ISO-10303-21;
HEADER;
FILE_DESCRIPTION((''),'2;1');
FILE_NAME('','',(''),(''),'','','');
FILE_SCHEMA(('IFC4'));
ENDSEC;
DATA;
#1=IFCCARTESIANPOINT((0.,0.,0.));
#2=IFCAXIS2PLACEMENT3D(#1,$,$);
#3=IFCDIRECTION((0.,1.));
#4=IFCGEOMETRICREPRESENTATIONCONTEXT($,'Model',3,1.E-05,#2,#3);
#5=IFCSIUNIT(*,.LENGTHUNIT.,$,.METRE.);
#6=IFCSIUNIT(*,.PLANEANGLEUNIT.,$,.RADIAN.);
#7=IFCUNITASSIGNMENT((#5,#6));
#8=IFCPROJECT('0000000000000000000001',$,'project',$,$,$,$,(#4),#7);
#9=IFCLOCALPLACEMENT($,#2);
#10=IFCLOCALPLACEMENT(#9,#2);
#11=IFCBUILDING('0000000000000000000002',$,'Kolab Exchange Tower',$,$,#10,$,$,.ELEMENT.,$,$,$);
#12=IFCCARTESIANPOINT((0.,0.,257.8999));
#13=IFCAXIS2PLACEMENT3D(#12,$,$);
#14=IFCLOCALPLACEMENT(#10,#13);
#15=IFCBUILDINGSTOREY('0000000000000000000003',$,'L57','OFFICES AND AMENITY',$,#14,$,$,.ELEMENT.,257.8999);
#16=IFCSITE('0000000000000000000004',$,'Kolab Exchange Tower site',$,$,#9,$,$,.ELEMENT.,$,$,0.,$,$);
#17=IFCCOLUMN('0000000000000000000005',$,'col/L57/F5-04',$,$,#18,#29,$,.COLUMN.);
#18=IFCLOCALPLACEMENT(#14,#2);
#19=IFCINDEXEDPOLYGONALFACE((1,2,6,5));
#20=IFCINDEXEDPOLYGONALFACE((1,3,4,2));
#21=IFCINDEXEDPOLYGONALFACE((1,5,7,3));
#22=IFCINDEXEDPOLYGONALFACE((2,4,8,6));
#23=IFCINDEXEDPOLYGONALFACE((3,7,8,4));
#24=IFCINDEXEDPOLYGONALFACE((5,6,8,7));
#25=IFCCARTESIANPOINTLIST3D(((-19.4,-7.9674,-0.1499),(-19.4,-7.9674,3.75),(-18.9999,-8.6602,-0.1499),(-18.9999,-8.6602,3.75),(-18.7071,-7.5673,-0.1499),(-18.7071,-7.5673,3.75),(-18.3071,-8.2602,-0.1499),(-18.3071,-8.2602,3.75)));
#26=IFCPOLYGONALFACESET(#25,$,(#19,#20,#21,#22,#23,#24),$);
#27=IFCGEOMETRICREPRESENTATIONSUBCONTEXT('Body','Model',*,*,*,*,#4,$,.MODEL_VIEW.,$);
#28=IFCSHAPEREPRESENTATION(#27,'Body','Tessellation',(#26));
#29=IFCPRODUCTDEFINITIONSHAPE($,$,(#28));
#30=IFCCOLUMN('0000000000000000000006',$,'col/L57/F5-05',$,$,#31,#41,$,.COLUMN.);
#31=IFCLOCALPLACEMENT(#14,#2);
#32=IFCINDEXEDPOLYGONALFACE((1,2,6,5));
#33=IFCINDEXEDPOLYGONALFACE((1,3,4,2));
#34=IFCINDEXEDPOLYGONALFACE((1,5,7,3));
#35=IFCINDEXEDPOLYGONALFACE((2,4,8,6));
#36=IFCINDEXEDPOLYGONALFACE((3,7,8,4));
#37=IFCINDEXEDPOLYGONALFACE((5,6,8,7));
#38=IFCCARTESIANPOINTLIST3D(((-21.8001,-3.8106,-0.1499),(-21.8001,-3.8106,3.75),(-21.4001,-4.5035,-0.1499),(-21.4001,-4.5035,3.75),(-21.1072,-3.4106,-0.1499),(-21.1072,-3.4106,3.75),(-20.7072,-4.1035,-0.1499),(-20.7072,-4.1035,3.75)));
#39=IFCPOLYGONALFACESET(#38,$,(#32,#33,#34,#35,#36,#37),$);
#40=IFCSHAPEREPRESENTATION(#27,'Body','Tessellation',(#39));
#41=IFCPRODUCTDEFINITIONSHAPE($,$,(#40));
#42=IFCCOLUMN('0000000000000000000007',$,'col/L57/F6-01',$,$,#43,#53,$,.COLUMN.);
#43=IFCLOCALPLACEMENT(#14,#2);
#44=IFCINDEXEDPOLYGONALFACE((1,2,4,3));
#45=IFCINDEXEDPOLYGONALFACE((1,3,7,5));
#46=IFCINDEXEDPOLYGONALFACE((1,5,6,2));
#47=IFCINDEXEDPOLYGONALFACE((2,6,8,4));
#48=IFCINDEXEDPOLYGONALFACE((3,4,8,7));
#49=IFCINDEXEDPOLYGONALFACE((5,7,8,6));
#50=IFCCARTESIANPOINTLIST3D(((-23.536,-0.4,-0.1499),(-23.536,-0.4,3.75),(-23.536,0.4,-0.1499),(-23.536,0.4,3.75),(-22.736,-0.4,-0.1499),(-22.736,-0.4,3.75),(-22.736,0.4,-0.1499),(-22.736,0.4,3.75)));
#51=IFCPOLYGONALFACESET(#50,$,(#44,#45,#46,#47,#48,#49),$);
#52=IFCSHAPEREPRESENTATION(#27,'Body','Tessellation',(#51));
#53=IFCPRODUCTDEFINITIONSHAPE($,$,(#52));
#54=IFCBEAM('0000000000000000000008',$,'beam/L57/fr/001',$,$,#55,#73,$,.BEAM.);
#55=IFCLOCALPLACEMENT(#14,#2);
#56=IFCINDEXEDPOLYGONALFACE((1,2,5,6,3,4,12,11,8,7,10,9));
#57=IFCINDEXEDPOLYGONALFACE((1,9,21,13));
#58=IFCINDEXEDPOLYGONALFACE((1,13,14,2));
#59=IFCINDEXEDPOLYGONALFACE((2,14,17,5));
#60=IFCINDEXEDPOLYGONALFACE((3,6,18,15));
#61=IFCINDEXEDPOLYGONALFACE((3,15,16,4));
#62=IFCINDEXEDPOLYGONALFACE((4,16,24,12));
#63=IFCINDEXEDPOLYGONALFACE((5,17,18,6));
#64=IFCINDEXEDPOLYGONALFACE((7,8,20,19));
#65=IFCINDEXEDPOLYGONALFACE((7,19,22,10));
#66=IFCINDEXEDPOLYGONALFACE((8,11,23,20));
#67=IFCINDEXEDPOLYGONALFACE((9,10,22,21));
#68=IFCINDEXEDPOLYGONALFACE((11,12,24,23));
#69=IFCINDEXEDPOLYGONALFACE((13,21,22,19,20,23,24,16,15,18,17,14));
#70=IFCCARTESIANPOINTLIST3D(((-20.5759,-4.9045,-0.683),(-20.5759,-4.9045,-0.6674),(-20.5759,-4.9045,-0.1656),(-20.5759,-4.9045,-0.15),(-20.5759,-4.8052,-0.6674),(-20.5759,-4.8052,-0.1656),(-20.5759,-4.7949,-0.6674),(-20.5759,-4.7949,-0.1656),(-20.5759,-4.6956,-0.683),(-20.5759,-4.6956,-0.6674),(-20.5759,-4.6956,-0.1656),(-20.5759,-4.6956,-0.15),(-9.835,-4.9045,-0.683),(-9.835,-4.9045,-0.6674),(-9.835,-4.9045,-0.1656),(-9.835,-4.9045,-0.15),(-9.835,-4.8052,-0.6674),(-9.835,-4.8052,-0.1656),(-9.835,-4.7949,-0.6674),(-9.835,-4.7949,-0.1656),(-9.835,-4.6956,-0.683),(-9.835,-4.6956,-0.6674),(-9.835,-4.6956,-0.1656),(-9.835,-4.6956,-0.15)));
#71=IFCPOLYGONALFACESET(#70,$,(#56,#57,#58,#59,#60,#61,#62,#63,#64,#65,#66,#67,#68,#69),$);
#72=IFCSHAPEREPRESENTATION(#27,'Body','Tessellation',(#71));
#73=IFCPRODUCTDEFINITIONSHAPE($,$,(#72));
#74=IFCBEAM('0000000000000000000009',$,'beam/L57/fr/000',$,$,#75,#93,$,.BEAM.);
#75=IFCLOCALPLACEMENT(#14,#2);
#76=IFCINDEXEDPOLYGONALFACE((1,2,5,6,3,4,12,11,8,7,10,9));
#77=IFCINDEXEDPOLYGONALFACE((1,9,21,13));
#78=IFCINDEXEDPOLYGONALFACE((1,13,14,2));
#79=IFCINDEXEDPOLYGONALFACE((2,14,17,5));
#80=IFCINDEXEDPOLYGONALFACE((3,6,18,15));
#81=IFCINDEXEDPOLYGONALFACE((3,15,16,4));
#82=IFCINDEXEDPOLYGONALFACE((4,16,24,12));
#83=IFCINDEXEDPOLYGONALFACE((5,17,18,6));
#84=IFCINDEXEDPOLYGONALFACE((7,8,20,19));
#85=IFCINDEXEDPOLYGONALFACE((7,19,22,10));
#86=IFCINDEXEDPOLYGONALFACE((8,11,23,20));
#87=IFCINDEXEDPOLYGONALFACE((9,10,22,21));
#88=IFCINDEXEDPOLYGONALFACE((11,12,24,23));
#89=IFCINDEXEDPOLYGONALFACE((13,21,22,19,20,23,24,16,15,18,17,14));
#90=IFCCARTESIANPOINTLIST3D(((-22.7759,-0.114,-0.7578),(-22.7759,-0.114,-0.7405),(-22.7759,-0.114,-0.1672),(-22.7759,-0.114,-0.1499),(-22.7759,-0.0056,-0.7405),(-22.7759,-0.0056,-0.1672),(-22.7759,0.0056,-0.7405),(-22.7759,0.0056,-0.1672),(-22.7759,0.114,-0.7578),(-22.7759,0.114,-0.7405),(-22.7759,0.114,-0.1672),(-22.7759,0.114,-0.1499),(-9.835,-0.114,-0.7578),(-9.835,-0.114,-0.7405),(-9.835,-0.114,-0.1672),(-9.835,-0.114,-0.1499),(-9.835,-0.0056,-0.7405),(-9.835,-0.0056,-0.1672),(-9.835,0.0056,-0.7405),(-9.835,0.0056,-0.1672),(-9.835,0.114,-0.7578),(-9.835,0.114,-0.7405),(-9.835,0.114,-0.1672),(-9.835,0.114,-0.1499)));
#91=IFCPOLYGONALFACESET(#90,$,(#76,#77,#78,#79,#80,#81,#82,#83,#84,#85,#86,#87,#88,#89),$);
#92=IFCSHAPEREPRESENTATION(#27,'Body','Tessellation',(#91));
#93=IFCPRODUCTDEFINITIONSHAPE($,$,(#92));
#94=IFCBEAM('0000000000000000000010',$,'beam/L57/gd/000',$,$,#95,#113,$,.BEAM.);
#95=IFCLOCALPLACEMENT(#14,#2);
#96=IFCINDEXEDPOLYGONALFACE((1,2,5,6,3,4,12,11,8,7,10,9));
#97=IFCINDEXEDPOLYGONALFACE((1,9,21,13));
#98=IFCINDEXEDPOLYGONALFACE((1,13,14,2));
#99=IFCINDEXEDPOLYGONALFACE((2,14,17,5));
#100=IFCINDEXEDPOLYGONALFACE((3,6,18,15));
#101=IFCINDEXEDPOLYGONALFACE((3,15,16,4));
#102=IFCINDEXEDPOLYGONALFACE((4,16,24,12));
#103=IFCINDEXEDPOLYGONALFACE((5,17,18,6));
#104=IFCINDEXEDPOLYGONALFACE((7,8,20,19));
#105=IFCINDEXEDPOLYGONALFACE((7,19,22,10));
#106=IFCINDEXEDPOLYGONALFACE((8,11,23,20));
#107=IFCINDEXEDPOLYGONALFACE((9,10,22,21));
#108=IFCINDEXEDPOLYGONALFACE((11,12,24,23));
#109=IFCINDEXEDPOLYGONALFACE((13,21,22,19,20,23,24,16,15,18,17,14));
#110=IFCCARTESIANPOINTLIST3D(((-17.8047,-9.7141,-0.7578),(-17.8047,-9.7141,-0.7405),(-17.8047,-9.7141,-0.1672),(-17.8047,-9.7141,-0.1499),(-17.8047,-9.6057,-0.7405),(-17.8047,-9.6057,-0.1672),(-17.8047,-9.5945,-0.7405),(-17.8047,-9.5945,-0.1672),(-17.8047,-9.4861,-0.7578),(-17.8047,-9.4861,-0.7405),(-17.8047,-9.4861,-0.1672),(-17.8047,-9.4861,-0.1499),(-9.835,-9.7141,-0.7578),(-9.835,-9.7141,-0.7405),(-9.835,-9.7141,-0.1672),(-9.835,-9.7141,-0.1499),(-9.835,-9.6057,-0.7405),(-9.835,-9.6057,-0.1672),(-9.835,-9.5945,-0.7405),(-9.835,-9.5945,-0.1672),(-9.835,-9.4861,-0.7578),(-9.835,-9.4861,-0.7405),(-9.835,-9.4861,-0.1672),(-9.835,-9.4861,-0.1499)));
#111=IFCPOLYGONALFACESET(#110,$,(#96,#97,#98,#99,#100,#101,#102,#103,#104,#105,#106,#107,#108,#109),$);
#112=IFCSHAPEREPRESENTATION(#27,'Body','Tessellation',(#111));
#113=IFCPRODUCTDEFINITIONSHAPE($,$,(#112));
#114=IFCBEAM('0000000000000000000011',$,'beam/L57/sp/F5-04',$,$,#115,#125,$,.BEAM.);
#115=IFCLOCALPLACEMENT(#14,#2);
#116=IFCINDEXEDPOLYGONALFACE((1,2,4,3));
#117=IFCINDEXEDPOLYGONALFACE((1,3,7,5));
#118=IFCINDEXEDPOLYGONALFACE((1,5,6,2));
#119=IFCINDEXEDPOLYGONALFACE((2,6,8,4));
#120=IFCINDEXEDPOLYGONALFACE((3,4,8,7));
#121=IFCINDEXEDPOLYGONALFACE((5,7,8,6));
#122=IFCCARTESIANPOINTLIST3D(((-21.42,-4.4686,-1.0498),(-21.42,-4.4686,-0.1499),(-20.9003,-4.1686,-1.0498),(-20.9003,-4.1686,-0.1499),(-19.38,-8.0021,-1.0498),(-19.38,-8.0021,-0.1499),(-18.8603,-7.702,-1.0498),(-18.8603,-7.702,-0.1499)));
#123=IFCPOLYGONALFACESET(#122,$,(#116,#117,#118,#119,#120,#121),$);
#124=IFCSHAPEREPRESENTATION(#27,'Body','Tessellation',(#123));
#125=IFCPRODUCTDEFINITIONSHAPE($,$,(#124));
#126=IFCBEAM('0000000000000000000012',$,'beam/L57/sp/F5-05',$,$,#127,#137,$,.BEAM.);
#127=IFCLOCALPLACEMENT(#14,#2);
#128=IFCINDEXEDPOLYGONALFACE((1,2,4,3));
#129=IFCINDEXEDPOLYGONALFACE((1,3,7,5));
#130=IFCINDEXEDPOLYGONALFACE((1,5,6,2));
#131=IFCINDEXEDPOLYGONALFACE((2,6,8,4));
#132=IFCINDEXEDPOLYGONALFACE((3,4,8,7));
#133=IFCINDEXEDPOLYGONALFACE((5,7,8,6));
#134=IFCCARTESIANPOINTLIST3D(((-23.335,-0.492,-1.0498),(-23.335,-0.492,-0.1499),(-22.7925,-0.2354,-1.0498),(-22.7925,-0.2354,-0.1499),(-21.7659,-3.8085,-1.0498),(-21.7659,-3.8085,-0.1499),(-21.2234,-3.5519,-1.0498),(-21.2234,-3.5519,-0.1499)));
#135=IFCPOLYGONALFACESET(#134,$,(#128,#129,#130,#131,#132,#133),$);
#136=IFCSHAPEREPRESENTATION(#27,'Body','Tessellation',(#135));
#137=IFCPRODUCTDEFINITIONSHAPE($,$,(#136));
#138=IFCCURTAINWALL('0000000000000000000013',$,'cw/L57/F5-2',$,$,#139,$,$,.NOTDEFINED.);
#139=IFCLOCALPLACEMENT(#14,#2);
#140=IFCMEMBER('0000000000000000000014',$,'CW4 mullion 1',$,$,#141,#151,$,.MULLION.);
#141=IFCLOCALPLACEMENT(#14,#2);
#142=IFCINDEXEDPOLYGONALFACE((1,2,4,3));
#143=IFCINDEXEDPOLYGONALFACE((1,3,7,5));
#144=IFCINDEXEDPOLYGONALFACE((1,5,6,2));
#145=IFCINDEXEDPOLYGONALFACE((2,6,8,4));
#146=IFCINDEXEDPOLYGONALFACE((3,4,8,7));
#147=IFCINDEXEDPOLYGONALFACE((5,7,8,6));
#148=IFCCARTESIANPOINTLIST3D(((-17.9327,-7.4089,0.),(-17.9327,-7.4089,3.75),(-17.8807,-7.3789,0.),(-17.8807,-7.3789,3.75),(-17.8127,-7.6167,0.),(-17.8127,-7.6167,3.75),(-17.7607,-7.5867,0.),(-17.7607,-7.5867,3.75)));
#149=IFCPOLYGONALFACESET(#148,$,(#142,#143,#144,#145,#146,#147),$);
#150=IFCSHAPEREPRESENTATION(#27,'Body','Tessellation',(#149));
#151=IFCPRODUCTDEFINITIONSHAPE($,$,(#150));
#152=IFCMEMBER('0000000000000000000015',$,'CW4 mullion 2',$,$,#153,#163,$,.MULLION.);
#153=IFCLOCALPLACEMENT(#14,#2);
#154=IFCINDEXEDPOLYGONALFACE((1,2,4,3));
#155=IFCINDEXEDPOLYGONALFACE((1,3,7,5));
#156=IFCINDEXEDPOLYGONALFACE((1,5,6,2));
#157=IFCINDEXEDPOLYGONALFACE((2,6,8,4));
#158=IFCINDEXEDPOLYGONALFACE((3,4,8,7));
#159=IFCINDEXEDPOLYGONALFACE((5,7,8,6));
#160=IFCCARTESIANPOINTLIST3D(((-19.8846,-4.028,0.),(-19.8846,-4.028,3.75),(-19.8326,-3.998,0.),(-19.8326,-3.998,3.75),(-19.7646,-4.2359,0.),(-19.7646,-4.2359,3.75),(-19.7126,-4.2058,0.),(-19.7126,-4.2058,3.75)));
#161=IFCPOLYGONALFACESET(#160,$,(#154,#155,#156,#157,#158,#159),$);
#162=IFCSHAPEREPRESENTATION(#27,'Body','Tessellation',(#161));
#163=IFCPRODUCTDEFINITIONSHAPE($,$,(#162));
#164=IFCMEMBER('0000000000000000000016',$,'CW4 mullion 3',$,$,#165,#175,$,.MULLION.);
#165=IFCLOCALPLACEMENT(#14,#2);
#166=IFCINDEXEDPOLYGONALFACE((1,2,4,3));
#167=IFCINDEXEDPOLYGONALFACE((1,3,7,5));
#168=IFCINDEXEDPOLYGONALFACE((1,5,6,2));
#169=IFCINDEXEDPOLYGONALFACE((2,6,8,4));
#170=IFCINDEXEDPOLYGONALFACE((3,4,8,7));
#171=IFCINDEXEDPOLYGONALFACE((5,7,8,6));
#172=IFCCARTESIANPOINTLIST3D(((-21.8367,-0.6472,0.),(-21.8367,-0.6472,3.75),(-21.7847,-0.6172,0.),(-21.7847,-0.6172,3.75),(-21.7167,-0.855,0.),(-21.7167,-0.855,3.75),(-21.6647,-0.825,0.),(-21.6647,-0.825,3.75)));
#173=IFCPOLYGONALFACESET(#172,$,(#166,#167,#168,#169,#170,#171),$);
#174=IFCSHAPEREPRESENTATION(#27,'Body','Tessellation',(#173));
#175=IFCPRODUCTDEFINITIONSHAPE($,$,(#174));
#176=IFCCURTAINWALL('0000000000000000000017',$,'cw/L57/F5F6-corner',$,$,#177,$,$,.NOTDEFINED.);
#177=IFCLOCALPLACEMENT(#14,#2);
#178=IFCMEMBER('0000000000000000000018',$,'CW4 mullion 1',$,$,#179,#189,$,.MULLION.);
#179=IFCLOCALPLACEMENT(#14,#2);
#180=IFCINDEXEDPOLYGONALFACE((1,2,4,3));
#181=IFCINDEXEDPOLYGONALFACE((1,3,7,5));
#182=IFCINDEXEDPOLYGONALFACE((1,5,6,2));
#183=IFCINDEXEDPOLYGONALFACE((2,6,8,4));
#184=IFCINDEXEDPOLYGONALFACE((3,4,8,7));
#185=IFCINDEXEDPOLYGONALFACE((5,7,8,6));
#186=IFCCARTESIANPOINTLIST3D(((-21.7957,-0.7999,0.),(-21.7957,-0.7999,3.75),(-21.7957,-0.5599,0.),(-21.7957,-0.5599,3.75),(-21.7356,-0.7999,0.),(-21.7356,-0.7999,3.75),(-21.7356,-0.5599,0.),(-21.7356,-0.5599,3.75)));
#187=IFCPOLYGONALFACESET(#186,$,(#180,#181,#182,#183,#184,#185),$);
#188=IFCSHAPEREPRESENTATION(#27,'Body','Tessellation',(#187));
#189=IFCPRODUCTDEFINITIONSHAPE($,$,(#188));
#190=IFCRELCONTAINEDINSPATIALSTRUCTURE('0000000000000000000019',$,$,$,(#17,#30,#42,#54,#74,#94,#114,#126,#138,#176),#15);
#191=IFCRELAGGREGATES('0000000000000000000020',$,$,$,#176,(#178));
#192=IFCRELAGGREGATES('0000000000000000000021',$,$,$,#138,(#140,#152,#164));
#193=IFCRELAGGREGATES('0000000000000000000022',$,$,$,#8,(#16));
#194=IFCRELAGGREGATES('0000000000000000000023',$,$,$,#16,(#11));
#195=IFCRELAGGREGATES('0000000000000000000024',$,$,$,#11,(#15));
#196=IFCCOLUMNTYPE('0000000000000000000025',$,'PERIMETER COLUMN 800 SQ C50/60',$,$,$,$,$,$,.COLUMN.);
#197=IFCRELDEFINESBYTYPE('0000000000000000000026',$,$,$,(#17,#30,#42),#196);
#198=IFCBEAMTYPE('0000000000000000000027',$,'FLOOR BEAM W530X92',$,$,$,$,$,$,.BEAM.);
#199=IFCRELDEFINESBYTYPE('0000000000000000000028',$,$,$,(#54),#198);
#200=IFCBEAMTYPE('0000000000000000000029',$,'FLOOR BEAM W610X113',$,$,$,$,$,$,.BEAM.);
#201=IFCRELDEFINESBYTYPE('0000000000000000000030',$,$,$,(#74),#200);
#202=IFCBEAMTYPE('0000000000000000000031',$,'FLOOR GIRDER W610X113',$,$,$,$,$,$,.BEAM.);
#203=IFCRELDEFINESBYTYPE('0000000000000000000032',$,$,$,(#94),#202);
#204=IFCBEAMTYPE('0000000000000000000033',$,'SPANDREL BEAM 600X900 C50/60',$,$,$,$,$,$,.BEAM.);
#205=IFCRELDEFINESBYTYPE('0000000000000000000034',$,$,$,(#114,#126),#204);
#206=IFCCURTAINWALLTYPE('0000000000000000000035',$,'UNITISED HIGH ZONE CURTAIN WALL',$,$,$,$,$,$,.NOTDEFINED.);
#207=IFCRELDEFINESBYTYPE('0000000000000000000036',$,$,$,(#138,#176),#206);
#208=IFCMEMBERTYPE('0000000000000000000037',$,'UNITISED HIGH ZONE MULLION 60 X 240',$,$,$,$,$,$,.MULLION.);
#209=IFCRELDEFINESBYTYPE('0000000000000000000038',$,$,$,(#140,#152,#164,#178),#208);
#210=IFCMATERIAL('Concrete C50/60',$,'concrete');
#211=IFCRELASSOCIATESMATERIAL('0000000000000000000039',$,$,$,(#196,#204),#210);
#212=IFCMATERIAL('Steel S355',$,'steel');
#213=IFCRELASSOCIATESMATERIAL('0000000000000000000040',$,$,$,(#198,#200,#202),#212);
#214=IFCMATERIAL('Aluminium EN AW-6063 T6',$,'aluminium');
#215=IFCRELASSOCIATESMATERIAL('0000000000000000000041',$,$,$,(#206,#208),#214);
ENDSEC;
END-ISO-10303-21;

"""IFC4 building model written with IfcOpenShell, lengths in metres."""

from ifc_helpers import new_model, si_unit, direction, frame, origin, origin_2d, place, context, subcontext, project, spatial, rectangle, i_section, extrude, material, material_profile, profile_set, type_object, element, aggregate, save


model = new_model("IFC4")

# Units and contexts
model_context = context("Model", 3, precision=1e-05, world=origin(), true_north=direction((0.0, 1.0)))
body_context = subcontext(model_context, "Body", "Model", "MODEL_VIEW")
ifc_project = project(units=[si_unit("LENGTHUNIT", "METRE"), si_unit("PLANEANGLEUNIT", "RADIAN")], contexts=[model_context])

# Site, building, storey
site_placement = place(None, origin())
site = spatial("IfcSite", under=ifc_project, at=site_placement, Name="Kolab Exchange Tower site", CompositionType="ELEMENT", RefElevation=0.0)
building_placement = place(site_placement, origin())
building = spatial("IfcBuilding", under=site, at=building_placement, Name="Kolab Exchange Tower", CompositionType="ELEMENT")
storey_placement = place(building_placement, frame((0.0, 0.0, 257.8999)))
storey = spatial("IfcBuildingStorey", under=building, at=storey_placement, Name="L57", Description="OFFICES AND AMENITY", CompositionType="ELEMENT", Elevation=257.8999)

# Columns
ifc_material_1 = material(Name="Concrete C50/60", Category="concrete")
ifc_material_profile_1 = material_profile(ifc_material_1, rectangle(XDim=0.8, YDim=0.8, at=origin_2d()), Name="RC800")
ifc_profile_set_1 = profile_set([ifc_material_profile_1], Name="Concrete C50/60")
column_type = type_object("IfcColumnType", Name="PERIMETER COLUMN 800 SQ C50/60", PredefinedType="COLUMN", material=ifc_profile_set_1)
for number, where, z_axis, x_axis, name in (
    (1, (-18.8535, -8.1138, -0.1499), (0.0, 0.0, 1.0), (0.866025, 0.5, 0.0), "col/L57/F5-04"),
    (2, (-21.2537, -3.957, -0.1499), (0.0, 0.0, 1.0), (0.866025, 0.5, 0.0), "col/L57/F5-05"),
    (3, (-23.136, 0.0, -0.1499), (0.0, 0.0, 1.0), (1.0, 0.0, 0.0), "col/L57/F6-01"),
):
    element("IfcColumn", number, at=place(storey_placement, frame(where, z_axis=z_axis, x_axis=x_axis)), inside=storey, type_object=column_type, Name=name, PredefinedType="COLUMN", context=body_context, shape_type="SweptSolid", body=[
        extrude(rectangle(XDim=0.8, YDim=0.8, at=origin_2d()), origin(), (0.0, 0.0, 1.0), 3.8999),
    ])

# Beams
ifc_material_2 = material(Name="Steel S355", Category="steel")
ifc_material_profile_2 = material_profile(ifc_material_2, i_section(OverallWidth=0.209, OverallDepth=0.533, WebThickness=0.0103, FlangeThickness=0.0156, at=origin_2d()), Name="W530X92")
ifc_profile_set_2 = profile_set([ifc_material_profile_2], Name="Steel S355")
beam_type_1 = type_object("IfcBeamType", Name="FLOOR BEAM W530X92", PredefinedType="BEAM", material=ifc_profile_set_2)
beam_1_placement = place(storey_placement, frame((-20.5759, -4.8, -0.4165), z_axis=(1.0, 0.0, 0.0), x_axis=(0.0, 1.0, 0.0)))
element("IfcBeam", 4, at=beam_1_placement, inside=storey, type_object=beam_type_1, Name="beam/L57/fr/001", PredefinedType="BEAM", context=body_context, shape_type="SweptSolid", body=[
    extrude(i_section(OverallWidth=0.209, OverallDepth=0.533, WebThickness=0.0103, FlangeThickness=0.0156, at=origin_2d()), origin(), (0.0, 0.0, 1.0), 10.741),
])
ifc_material_profile_3 = material_profile(ifc_material_2, i_section(OverallWidth=0.228, OverallDepth=0.6079, WebThickness=0.0112, FlangeThickness=0.0173, at=origin_2d()), Name="W610X113")
ifc_profile_set_3 = profile_set([ifc_material_profile_3], Name="Steel S355")
beam_type_2 = type_object("IfcBeamType", Name="FLOOR BEAM W610X113", PredefinedType="BEAM", material=ifc_profile_set_3)
beam_2_placement = place(storey_placement, frame((-22.7759, 0.0, -0.4539), z_axis=(1.0, 0.0, 0.0), x_axis=(0.0, 1.0, 0.0)))
element("IfcBeam", 5, at=beam_2_placement, inside=storey, type_object=beam_type_2, Name="beam/L57/fr/000", PredefinedType="BEAM", context=body_context, shape_type="SweptSolid", body=[
    extrude(i_section(OverallWidth=0.228, OverallDepth=0.6079, WebThickness=0.0112, FlangeThickness=0.0173, at=origin_2d()), origin(), (0.0, 0.0, 1.0), 12.9409),
])
ifc_material_profile_4 = material_profile(ifc_material_2, i_section(OverallWidth=0.228, OverallDepth=0.6079, WebThickness=0.0112, FlangeThickness=0.0173, at=origin_2d()), Name="W610X113")
ifc_profile_set_4 = profile_set([ifc_material_profile_4], Name="Steel S355")
beam_type_3 = type_object("IfcBeamType", Name="FLOOR GIRDER W610X113", PredefinedType="BEAM", material=ifc_profile_set_4)
beam_3_placement = place(storey_placement, frame((-17.8047, -9.6001, -0.4539), z_axis=(1.0, 0.0, 0.0), x_axis=(0.0, 1.0, 0.0)))
element("IfcBeam", 6, at=beam_3_placement, inside=storey, type_object=beam_type_3, Name="beam/L57/gd/000", PredefinedType="BEAM", context=body_context, shape_type="SweptSolid", body=[
    extrude(i_section(OverallWidth=0.228, OverallDepth=0.6079, WebThickness=0.0112, FlangeThickness=0.0173, at=origin_2d()), origin(), (0.0, 0.0, 1.0), 7.9697),
])
ifc_material_profile_5 = material_profile(ifc_material_1, rectangle(XDim=0.6001, YDim=0.8999, at=origin_2d()), Name="RC600X900")
ifc_profile_set_5 = profile_set([ifc_material_profile_5], Name="Concrete C50/60")
beam_type_4 = type_object("IfcBeamType", Name="SPANDREL BEAM 600X900 C50/60", PredefinedType="BEAM", material=ifc_profile_set_5)
beam_4_placement = place(storey_placement, frame((-19.1201, -7.8521, -0.5999), z_axis=(-0.5, 0.866025, 0.0), x_axis=(-0.866025, -0.5, 0.0)))
element("IfcBeam", 7, at=beam_4_placement, inside=storey, type_object=beam_type_4, Name="beam/L57/sp/F5-04", PredefinedType="BEAM", context=body_context, shape_type="SweptSolid", body=[
    extrude(rectangle(XDim=0.6001, YDim=0.8999, at=origin_2d()), origin(), (0.0, 0.0, 1.0), 4.0801),
])
beam_5_placement = place(storey_placement, frame((-21.4946, -3.6802, -0.5999), z_axis=(-0.427677, 0.903932, 0.0), x_axis=(-0.903932, -0.427677, 0.0)))
element("IfcBeam", 8, at=beam_5_placement, inside=storey, type_object=beam_type_4, Name="beam/L57/sp/F5-05", PredefinedType="BEAM", context=body_context, shape_type="SweptSolid", body=[
    extrude(rectangle(XDim=0.6001, YDim=0.8999, at=origin_2d()), origin(), (0.0, 0.0, 1.0), 3.6689),
])

# Curtain wall, members
ifc_material_3 = material(Name="Aluminium EN AW-6063 T6", Category="aluminium")
curtain_wall_type = type_object("IfcCurtainWallType", Name="UNITISED HIGH ZONE CURTAIN WALL", PredefinedType="NOTDEFINED", material=ifc_material_3)
curtain_wall_1_placement = place(storey_placement, origin())
curtain_wall_1 = element("IfcCurtainWall", 9, at=curtain_wall_1_placement, inside=storey, type_object=curtain_wall_type, Name="cw/L57/F5-2", PredefinedType="NOTDEFINED")
ifc_material_profile_6 = material_profile(ifc_material_3, rectangle(XDim=0.0601, YDim=0.24, at=origin_2d()), Name="RECT 60X240")
ifc_profile_set_6 = profile_set([ifc_material_profile_6], Name="Aluminium EN AW-6063 T6")
member_type_1 = type_object("IfcMemberType", Name="UNITISED HIGH ZONE MULLION 60 X 240", PredefinedType="MULLION", material=ifc_profile_set_6)
member_1_placement = place(storey_placement, frame((-17.8467, -7.4978, 0.0), z_axis=(0.0, 0.0, 1.0), x_axis=(-0.866025, -0.5, 0.0)))
member_1 = element("IfcMember", 10, at=member_1_placement, type_object=member_type_1, Name="CW4 mullion 1", PredefinedType="MULLION", context=body_context, shape_type="SweptSolid", body=[
    extrude(rectangle(XDim=0.0601, YDim=0.24, at=origin_2d()), origin(), (0.0, 0.0, 1.0), 3.75),
])
member_2_placement = place(storey_placement, frame((-19.7986, -4.1169, 0.0), z_axis=(0.0, 0.0, 1.0), x_axis=(-0.866025, -0.5, 0.0)))
member_2 = element("IfcMember", 11, at=member_2_placement, type_object=member_type_1, Name="CW4 mullion 2", PredefinedType="MULLION", context=body_context, shape_type="SweptSolid", body=[
    extrude(rectangle(XDim=0.0601, YDim=0.24, at=origin_2d()), origin(), (0.0, 0.0, 1.0), 3.75),
])
member_3_placement = place(storey_placement, frame((-21.7507, -0.7361, 0.0), z_axis=(0.0, 0.0, 1.0), x_axis=(-0.866025, -0.5, 0.0)))
member_3 = element("IfcMember", 12, at=member_3_placement, type_object=member_type_1, Name="CW4 mullion 3", PredefinedType="MULLION", context=body_context, shape_type="SweptSolid", body=[
    extrude(rectangle(XDim=0.0601, YDim=0.24, at=origin_2d()), origin(), (0.0, 0.0, 1.0), 3.75),
])

# Curtain wall, member
curtain_wall_2_placement = place(storey_placement, origin())
curtain_wall_2 = element("IfcCurtainWall", 13, at=curtain_wall_2_placement, inside=storey, type_object=curtain_wall_type, Name="cw/L57/F5F6-corner", PredefinedType="NOTDEFINED")
member_4_placement = place(storey_placement, frame((-21.7656, -0.6799, 0.0), z_axis=(0.0, 0.0, 1.0), x_axis=(-1.0, 0.0, 0.0)))
member_4 = element("IfcMember", 14, at=member_4_placement, type_object=member_type_1, Name="CW4 mullion 1", PredefinedType="MULLION", context=body_context, shape_type="SweptSolid", body=[
    extrude(rectangle(XDim=0.0601, YDim=0.24, at=origin_2d()), origin(), (0.0, 0.0, 1.0), 3.75),
])

aggregate(curtain_wall_2, [member_4])

aggregate(curtain_wall_1, [member_1, member_2, member_3])

save(model, "model.ifc")
